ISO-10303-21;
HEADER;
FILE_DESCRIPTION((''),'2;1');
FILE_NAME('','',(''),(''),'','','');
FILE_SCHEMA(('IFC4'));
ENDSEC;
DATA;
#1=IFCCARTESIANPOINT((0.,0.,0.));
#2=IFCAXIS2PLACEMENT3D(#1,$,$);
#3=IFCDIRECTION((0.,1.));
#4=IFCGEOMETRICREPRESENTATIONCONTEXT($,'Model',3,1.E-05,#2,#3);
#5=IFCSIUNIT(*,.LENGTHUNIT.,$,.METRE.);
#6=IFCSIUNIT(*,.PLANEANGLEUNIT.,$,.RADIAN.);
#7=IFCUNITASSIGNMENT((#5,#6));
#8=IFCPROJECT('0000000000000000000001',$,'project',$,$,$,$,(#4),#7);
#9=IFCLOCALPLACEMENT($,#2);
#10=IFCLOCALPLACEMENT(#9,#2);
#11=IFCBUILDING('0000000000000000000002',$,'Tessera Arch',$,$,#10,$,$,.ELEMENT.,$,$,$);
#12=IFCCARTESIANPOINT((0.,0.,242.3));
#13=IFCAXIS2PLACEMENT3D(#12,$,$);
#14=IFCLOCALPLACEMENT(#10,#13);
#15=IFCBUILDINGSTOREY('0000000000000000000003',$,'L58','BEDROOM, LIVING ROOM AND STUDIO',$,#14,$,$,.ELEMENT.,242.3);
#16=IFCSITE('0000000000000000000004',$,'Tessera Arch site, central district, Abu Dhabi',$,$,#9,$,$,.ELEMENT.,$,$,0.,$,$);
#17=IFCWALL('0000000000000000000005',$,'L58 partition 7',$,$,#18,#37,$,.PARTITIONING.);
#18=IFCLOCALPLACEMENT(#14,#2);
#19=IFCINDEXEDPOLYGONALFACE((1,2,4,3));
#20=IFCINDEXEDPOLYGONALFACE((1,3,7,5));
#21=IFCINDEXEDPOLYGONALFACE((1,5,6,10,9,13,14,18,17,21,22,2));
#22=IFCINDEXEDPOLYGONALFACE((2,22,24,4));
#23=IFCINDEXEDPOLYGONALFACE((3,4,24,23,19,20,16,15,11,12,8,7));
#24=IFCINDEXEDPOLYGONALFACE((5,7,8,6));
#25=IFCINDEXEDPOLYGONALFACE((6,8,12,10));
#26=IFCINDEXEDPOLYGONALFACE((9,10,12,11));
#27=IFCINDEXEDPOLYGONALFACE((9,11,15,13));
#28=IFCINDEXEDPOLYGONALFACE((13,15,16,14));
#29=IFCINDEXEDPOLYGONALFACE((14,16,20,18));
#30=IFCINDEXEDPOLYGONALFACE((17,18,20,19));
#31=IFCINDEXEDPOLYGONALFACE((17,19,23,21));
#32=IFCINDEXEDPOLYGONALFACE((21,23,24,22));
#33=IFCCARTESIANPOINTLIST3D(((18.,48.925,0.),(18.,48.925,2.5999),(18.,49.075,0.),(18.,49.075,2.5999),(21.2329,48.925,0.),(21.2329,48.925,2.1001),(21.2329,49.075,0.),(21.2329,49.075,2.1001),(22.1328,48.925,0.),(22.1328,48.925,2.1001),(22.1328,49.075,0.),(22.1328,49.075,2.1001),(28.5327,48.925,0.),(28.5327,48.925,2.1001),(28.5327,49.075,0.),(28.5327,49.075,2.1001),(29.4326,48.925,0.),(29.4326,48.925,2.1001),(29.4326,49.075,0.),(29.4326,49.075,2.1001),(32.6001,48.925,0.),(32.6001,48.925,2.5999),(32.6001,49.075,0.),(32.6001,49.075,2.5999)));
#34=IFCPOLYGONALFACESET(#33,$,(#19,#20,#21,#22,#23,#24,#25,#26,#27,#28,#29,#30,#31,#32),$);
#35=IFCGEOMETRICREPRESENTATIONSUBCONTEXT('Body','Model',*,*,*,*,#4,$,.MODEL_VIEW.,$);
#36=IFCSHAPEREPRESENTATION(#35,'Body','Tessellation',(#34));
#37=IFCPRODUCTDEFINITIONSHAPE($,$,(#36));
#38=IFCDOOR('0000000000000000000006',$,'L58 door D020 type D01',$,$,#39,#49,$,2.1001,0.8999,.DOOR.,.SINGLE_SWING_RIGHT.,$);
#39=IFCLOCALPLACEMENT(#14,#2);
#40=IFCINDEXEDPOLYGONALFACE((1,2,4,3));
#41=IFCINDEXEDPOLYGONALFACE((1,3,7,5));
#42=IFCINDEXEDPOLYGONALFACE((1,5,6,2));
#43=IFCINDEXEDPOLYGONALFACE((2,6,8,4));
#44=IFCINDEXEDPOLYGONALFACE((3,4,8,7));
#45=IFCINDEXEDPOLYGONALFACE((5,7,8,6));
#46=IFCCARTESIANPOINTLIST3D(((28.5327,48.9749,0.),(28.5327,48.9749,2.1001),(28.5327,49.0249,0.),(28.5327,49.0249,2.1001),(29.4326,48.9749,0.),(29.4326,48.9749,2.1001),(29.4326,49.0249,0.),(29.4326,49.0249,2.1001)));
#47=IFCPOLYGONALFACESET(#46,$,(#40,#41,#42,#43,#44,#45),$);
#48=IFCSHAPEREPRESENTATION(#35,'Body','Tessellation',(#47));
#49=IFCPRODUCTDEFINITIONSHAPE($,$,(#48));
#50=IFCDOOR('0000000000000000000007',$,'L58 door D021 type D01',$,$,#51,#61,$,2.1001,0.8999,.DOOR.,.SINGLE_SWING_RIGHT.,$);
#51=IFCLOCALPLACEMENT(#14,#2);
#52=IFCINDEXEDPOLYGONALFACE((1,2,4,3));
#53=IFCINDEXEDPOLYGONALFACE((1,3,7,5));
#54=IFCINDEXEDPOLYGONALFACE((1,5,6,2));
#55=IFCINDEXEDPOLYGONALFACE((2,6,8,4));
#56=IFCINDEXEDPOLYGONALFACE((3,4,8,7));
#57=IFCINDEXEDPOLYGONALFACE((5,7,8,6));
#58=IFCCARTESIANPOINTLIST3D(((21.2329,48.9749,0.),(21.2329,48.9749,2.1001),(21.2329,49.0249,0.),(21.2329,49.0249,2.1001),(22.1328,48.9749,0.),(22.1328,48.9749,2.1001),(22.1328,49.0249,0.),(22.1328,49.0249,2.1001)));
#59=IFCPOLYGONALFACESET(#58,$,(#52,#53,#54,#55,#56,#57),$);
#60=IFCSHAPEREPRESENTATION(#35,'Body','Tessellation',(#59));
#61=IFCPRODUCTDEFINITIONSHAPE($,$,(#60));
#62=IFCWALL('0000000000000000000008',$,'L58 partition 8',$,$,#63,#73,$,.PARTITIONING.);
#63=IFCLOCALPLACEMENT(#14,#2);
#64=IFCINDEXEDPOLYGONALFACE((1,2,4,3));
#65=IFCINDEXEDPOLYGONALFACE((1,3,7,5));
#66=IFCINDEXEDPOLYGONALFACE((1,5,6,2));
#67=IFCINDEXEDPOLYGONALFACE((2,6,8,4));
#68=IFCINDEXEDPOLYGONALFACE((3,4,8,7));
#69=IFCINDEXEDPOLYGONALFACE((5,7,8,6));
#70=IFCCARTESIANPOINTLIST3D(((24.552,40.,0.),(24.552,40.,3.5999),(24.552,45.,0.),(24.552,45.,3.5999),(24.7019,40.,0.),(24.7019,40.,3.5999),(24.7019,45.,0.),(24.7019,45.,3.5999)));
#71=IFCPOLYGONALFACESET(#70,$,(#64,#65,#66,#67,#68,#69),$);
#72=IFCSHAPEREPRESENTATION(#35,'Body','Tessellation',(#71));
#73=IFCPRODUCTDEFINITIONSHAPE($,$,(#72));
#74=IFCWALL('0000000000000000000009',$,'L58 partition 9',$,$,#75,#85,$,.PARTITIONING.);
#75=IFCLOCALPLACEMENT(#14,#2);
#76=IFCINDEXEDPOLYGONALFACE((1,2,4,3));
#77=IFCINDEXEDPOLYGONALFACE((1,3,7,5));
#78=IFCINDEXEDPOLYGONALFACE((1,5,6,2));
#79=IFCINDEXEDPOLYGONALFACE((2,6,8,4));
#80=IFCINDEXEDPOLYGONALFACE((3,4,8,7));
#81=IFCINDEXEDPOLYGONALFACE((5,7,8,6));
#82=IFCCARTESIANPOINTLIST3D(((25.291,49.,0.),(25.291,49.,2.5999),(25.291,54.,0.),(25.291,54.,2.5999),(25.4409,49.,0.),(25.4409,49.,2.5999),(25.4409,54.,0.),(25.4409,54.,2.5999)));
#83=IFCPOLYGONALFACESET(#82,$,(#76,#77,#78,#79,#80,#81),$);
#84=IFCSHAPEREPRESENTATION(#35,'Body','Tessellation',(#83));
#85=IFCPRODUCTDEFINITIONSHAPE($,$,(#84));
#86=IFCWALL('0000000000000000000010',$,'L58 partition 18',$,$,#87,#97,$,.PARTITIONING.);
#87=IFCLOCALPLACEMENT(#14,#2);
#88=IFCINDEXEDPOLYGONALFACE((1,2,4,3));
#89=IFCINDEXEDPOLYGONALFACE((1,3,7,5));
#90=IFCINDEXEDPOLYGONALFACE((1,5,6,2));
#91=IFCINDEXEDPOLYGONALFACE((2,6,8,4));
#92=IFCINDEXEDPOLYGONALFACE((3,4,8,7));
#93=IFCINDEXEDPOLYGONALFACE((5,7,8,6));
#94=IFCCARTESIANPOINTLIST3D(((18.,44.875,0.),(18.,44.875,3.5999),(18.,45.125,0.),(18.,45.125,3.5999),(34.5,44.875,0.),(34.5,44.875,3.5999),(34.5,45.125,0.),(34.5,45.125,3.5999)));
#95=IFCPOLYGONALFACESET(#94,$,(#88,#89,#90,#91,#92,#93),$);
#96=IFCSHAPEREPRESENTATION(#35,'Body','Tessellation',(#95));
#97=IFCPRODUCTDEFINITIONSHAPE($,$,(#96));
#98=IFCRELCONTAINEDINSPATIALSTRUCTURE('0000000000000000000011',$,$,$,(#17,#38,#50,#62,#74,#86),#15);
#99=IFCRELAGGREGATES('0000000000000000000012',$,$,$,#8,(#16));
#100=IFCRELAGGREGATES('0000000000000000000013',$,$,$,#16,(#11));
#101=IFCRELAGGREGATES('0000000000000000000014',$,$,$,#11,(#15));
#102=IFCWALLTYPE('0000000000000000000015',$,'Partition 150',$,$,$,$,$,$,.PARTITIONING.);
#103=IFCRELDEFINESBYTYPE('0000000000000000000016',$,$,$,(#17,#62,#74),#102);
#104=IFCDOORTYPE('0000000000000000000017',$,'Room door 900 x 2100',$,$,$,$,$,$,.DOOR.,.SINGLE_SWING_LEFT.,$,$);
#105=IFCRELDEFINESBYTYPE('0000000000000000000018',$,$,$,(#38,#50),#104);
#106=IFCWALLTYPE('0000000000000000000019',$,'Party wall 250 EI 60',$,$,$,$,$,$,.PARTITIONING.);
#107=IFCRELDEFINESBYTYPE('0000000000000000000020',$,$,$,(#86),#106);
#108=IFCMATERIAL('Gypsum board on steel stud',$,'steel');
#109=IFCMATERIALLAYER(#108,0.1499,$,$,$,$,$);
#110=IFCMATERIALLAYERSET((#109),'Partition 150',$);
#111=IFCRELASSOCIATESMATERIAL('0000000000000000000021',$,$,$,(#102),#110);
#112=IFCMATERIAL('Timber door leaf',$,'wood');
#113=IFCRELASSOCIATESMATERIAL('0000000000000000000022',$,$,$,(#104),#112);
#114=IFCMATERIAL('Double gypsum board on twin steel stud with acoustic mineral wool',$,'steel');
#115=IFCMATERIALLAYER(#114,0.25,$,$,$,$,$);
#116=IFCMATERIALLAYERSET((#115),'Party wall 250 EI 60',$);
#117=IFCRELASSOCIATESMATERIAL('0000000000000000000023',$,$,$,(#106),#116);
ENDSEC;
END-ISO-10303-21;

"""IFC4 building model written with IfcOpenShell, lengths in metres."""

from ifc_helpers import new_model, si_unit, direction, frame, frame_2d, origin, place, context, subcontext, project, spatial, rectangle, extrude, material, layer, layer_set, type_object, element, fill, save


model = new_model("IFC4")

# Units and contexts
model_context = context("Model", 3, precision=1e-05, world=origin(), true_north=direction((0.0, 1.0)))
body_context = subcontext(model_context, "Body", "Model", "MODEL_VIEW")
ifc_project = project(units=[si_unit("LENGTHUNIT", "METRE"), si_unit("PLANEANGLEUNIT", "RADIAN")], contexts=[model_context])

# Site, building, storey
site_placement = place(None, origin())
site = spatial("IfcSite", under=ifc_project, at=site_placement, Name="Tessera Arch site, central district, Abu Dhabi", CompositionType="ELEMENT", RefElevation=0.0)
building_placement = place(site_placement, origin())
building = spatial("IfcBuilding", under=site, at=building_placement, Name="Tessera Arch", CompositionType="ELEMENT")
storey_placement = place(building_placement, frame((0.0, 0.0, 242.3)))
storey = spatial("IfcBuildingStorey", under=building, at=storey_placement, Name="L58", Description="BEDROOM, LIVING ROOM AND STUDIO", CompositionType="ELEMENT", Elevation=242.3)

# Wall, openings, doors
ifc_material_1 = material(Name="Gypsum board on steel stud", Category="steel")
ifc_layer_1 = layer(ifc_material_1, 0.1499)
ifc_layer_set_1 = layer_set([ifc_layer_1], Name="Partition 150")
wall_type_1 = type_object("IfcWallType", Name="Partition 150", PredefinedType="PARTITIONING", material=ifc_layer_set_1)
ifc_material_2 = material(Name="Timber door leaf", Category="wood")
door_type = type_object("IfcDoorType", Name="Room door 900 x 2100", OperationType="SINGLE_SWING_LEFT", PredefinedType="DOOR", material=ifc_material_2)
wall_1_placement = place(storey_placement, frame((18.0, 49.0, 0.0), z_axis=(0.0, 0.0, 1.0), x_axis=(1.0, 0.0, 0.0)))
wall_1 = element("IfcWall", 1, at=wall_1_placement, inside=storey, type_object=wall_type_1, Name="L58 partition 7", PredefinedType="PARTITIONING", context=body_context, shape_type="SweptSolid", body=[
    extrude(rectangle(XDim=14.6001, YDim=0.1499, at=frame_2d((7.3, 0.0))), origin(), (0.0, 0.0, 1.0), 2.5999),
])
opening_1_placement = place(wall_1_placement, frame((10.5327, 0.0, 0.0)))
opening_1 = element("IfcOpeningElement", 2, at=opening_1_placement, cuts=wall_1, PredefinedType="OPENING", context=body_context, shape_type="SweptSolid", body=[
    extrude(rectangle(XDim=0.8999, YDim=2.1001, at=frame_2d((0.45, 1.05))), frame((0.0, 0.085, 0.0), z_axis=(0.0, -1.0, 0.0), x_axis=(1.0, 0.0, 0.0)), (0.0, 0.0, 1.0), 0.1699),
])
opening_2_placement = place(wall_1_placement, frame((3.2329, 0.0, 0.0)))
opening_2 = element("IfcOpeningElement", 3, at=opening_2_placement, cuts=wall_1, PredefinedType="OPENING", context=body_context, shape_type="SweptSolid", body=[
    extrude(rectangle(XDim=0.8999, YDim=2.1001, at=frame_2d((0.45, 1.05))), frame((0.0, 0.085, 0.0), z_axis=(0.0, -1.0, 0.0), x_axis=(1.0, 0.0, 0.0)), (0.0, 0.0, 1.0), 0.1699),
])
door_1_placement = place(opening_1_placement, origin())
door_1 = element("IfcDoor", 4, at=door_1_placement, inside=storey, type_object=door_type, Name="L58 door D020 type D01", OperationType="SINGLE_SWING_RIGHT", OverallHeight=2.1001, OverallWidth=0.8999, PredefinedType="DOOR", context=body_context, shape_type="SweptSolid", body=[
    extrude(rectangle(XDim=0.8999, YDim=2.1001, at=frame_2d((0.45, 1.05))), frame((0.0, 0.0249, 0.0), z_axis=(0.0, -1.0, 0.0), x_axis=(1.0, 0.0, 0.0)), (0.0, 0.0, 1.0), 0.05),
])
fill(opening_1, door_1)
door_2_placement = place(opening_2_placement, origin())
door_2 = element("IfcDoor", 5, at=door_2_placement, inside=storey, type_object=door_type, Name="L58 door D021 type D01", OperationType="SINGLE_SWING_RIGHT", OverallHeight=2.1001, OverallWidth=0.8999, PredefinedType="DOOR", context=body_context, shape_type="SweptSolid", body=[
    extrude(rectangle(XDim=0.8999, YDim=2.1001, at=frame_2d((0.45, 1.05))), frame((0.0, 0.0249, 0.0), z_axis=(0.0, -1.0, 0.0), x_axis=(1.0, 0.0, 0.0)), (0.0, 0.0, 1.0), 0.05),
])
fill(opening_2, door_2)

# Walls
wall_2_placement = place(storey_placement, frame((24.627, 40.0, 0.0), z_axis=(0.0, 0.0, 1.0), x_axis=(0.0, 1.0, 0.0)))
element("IfcWall", 6, at=wall_2_placement, inside=storey, type_object=wall_type_1, Name="L58 partition 8", PredefinedType="PARTITIONING", context=body_context, shape_type="SweptSolid", body=[
    extrude(rectangle(XDim=5.0, YDim=0.1499, at=frame_2d((2.5, 0.0))), origin(), (0.0, 0.0, 1.0), 3.5999),
])
wall_3_placement = place(storey_placement, frame((25.366, 49.0, 0.0), z_axis=(0.0, 0.0, 1.0), x_axis=(0.0, 1.0, 0.0)))
element("IfcWall", 7, at=wall_3_placement, inside=storey, type_object=wall_type_1, Name="L58 partition 9", PredefinedType="PARTITIONING", context=body_context, shape_type="SweptSolid", body=[
    extrude(rectangle(XDim=5.0, YDim=0.1499, at=frame_2d((2.5, 0.0))), origin(), (0.0, 0.0, 1.0), 2.5999),
])
ifc_material_3 = material(Name="Double gypsum board on twin steel stud with acoustic mineral wool", Category="steel")
ifc_layer_2 = layer(ifc_material_3, 0.25)
ifc_layer_set_2 = layer_set([ifc_layer_2], Name="Party wall 250 EI 60")
wall_type_2 = type_object("IfcWallType", Name="Party wall 250 EI 60", PredefinedType="PARTITIONING", material=ifc_layer_set_2)
wall_4_placement = place(storey_placement, frame((18.0, 45.0, 0.0), z_axis=(0.0, 0.0, 1.0), x_axis=(1.0, 0.0, 0.0)))
element("IfcWall", 8, at=wall_4_placement, inside=storey, type_object=wall_type_2, Name="L58 partition 18", PredefinedType="PARTITIONING", context=body_context, shape_type="SweptSolid", body=[
    extrude(rectangle(XDim=16.5, YDim=0.25, at=frame_2d((8.25, 0.0))), origin(), (0.0, 0.0, 1.0), 3.5999),
])

save(model, "model.ifc")
